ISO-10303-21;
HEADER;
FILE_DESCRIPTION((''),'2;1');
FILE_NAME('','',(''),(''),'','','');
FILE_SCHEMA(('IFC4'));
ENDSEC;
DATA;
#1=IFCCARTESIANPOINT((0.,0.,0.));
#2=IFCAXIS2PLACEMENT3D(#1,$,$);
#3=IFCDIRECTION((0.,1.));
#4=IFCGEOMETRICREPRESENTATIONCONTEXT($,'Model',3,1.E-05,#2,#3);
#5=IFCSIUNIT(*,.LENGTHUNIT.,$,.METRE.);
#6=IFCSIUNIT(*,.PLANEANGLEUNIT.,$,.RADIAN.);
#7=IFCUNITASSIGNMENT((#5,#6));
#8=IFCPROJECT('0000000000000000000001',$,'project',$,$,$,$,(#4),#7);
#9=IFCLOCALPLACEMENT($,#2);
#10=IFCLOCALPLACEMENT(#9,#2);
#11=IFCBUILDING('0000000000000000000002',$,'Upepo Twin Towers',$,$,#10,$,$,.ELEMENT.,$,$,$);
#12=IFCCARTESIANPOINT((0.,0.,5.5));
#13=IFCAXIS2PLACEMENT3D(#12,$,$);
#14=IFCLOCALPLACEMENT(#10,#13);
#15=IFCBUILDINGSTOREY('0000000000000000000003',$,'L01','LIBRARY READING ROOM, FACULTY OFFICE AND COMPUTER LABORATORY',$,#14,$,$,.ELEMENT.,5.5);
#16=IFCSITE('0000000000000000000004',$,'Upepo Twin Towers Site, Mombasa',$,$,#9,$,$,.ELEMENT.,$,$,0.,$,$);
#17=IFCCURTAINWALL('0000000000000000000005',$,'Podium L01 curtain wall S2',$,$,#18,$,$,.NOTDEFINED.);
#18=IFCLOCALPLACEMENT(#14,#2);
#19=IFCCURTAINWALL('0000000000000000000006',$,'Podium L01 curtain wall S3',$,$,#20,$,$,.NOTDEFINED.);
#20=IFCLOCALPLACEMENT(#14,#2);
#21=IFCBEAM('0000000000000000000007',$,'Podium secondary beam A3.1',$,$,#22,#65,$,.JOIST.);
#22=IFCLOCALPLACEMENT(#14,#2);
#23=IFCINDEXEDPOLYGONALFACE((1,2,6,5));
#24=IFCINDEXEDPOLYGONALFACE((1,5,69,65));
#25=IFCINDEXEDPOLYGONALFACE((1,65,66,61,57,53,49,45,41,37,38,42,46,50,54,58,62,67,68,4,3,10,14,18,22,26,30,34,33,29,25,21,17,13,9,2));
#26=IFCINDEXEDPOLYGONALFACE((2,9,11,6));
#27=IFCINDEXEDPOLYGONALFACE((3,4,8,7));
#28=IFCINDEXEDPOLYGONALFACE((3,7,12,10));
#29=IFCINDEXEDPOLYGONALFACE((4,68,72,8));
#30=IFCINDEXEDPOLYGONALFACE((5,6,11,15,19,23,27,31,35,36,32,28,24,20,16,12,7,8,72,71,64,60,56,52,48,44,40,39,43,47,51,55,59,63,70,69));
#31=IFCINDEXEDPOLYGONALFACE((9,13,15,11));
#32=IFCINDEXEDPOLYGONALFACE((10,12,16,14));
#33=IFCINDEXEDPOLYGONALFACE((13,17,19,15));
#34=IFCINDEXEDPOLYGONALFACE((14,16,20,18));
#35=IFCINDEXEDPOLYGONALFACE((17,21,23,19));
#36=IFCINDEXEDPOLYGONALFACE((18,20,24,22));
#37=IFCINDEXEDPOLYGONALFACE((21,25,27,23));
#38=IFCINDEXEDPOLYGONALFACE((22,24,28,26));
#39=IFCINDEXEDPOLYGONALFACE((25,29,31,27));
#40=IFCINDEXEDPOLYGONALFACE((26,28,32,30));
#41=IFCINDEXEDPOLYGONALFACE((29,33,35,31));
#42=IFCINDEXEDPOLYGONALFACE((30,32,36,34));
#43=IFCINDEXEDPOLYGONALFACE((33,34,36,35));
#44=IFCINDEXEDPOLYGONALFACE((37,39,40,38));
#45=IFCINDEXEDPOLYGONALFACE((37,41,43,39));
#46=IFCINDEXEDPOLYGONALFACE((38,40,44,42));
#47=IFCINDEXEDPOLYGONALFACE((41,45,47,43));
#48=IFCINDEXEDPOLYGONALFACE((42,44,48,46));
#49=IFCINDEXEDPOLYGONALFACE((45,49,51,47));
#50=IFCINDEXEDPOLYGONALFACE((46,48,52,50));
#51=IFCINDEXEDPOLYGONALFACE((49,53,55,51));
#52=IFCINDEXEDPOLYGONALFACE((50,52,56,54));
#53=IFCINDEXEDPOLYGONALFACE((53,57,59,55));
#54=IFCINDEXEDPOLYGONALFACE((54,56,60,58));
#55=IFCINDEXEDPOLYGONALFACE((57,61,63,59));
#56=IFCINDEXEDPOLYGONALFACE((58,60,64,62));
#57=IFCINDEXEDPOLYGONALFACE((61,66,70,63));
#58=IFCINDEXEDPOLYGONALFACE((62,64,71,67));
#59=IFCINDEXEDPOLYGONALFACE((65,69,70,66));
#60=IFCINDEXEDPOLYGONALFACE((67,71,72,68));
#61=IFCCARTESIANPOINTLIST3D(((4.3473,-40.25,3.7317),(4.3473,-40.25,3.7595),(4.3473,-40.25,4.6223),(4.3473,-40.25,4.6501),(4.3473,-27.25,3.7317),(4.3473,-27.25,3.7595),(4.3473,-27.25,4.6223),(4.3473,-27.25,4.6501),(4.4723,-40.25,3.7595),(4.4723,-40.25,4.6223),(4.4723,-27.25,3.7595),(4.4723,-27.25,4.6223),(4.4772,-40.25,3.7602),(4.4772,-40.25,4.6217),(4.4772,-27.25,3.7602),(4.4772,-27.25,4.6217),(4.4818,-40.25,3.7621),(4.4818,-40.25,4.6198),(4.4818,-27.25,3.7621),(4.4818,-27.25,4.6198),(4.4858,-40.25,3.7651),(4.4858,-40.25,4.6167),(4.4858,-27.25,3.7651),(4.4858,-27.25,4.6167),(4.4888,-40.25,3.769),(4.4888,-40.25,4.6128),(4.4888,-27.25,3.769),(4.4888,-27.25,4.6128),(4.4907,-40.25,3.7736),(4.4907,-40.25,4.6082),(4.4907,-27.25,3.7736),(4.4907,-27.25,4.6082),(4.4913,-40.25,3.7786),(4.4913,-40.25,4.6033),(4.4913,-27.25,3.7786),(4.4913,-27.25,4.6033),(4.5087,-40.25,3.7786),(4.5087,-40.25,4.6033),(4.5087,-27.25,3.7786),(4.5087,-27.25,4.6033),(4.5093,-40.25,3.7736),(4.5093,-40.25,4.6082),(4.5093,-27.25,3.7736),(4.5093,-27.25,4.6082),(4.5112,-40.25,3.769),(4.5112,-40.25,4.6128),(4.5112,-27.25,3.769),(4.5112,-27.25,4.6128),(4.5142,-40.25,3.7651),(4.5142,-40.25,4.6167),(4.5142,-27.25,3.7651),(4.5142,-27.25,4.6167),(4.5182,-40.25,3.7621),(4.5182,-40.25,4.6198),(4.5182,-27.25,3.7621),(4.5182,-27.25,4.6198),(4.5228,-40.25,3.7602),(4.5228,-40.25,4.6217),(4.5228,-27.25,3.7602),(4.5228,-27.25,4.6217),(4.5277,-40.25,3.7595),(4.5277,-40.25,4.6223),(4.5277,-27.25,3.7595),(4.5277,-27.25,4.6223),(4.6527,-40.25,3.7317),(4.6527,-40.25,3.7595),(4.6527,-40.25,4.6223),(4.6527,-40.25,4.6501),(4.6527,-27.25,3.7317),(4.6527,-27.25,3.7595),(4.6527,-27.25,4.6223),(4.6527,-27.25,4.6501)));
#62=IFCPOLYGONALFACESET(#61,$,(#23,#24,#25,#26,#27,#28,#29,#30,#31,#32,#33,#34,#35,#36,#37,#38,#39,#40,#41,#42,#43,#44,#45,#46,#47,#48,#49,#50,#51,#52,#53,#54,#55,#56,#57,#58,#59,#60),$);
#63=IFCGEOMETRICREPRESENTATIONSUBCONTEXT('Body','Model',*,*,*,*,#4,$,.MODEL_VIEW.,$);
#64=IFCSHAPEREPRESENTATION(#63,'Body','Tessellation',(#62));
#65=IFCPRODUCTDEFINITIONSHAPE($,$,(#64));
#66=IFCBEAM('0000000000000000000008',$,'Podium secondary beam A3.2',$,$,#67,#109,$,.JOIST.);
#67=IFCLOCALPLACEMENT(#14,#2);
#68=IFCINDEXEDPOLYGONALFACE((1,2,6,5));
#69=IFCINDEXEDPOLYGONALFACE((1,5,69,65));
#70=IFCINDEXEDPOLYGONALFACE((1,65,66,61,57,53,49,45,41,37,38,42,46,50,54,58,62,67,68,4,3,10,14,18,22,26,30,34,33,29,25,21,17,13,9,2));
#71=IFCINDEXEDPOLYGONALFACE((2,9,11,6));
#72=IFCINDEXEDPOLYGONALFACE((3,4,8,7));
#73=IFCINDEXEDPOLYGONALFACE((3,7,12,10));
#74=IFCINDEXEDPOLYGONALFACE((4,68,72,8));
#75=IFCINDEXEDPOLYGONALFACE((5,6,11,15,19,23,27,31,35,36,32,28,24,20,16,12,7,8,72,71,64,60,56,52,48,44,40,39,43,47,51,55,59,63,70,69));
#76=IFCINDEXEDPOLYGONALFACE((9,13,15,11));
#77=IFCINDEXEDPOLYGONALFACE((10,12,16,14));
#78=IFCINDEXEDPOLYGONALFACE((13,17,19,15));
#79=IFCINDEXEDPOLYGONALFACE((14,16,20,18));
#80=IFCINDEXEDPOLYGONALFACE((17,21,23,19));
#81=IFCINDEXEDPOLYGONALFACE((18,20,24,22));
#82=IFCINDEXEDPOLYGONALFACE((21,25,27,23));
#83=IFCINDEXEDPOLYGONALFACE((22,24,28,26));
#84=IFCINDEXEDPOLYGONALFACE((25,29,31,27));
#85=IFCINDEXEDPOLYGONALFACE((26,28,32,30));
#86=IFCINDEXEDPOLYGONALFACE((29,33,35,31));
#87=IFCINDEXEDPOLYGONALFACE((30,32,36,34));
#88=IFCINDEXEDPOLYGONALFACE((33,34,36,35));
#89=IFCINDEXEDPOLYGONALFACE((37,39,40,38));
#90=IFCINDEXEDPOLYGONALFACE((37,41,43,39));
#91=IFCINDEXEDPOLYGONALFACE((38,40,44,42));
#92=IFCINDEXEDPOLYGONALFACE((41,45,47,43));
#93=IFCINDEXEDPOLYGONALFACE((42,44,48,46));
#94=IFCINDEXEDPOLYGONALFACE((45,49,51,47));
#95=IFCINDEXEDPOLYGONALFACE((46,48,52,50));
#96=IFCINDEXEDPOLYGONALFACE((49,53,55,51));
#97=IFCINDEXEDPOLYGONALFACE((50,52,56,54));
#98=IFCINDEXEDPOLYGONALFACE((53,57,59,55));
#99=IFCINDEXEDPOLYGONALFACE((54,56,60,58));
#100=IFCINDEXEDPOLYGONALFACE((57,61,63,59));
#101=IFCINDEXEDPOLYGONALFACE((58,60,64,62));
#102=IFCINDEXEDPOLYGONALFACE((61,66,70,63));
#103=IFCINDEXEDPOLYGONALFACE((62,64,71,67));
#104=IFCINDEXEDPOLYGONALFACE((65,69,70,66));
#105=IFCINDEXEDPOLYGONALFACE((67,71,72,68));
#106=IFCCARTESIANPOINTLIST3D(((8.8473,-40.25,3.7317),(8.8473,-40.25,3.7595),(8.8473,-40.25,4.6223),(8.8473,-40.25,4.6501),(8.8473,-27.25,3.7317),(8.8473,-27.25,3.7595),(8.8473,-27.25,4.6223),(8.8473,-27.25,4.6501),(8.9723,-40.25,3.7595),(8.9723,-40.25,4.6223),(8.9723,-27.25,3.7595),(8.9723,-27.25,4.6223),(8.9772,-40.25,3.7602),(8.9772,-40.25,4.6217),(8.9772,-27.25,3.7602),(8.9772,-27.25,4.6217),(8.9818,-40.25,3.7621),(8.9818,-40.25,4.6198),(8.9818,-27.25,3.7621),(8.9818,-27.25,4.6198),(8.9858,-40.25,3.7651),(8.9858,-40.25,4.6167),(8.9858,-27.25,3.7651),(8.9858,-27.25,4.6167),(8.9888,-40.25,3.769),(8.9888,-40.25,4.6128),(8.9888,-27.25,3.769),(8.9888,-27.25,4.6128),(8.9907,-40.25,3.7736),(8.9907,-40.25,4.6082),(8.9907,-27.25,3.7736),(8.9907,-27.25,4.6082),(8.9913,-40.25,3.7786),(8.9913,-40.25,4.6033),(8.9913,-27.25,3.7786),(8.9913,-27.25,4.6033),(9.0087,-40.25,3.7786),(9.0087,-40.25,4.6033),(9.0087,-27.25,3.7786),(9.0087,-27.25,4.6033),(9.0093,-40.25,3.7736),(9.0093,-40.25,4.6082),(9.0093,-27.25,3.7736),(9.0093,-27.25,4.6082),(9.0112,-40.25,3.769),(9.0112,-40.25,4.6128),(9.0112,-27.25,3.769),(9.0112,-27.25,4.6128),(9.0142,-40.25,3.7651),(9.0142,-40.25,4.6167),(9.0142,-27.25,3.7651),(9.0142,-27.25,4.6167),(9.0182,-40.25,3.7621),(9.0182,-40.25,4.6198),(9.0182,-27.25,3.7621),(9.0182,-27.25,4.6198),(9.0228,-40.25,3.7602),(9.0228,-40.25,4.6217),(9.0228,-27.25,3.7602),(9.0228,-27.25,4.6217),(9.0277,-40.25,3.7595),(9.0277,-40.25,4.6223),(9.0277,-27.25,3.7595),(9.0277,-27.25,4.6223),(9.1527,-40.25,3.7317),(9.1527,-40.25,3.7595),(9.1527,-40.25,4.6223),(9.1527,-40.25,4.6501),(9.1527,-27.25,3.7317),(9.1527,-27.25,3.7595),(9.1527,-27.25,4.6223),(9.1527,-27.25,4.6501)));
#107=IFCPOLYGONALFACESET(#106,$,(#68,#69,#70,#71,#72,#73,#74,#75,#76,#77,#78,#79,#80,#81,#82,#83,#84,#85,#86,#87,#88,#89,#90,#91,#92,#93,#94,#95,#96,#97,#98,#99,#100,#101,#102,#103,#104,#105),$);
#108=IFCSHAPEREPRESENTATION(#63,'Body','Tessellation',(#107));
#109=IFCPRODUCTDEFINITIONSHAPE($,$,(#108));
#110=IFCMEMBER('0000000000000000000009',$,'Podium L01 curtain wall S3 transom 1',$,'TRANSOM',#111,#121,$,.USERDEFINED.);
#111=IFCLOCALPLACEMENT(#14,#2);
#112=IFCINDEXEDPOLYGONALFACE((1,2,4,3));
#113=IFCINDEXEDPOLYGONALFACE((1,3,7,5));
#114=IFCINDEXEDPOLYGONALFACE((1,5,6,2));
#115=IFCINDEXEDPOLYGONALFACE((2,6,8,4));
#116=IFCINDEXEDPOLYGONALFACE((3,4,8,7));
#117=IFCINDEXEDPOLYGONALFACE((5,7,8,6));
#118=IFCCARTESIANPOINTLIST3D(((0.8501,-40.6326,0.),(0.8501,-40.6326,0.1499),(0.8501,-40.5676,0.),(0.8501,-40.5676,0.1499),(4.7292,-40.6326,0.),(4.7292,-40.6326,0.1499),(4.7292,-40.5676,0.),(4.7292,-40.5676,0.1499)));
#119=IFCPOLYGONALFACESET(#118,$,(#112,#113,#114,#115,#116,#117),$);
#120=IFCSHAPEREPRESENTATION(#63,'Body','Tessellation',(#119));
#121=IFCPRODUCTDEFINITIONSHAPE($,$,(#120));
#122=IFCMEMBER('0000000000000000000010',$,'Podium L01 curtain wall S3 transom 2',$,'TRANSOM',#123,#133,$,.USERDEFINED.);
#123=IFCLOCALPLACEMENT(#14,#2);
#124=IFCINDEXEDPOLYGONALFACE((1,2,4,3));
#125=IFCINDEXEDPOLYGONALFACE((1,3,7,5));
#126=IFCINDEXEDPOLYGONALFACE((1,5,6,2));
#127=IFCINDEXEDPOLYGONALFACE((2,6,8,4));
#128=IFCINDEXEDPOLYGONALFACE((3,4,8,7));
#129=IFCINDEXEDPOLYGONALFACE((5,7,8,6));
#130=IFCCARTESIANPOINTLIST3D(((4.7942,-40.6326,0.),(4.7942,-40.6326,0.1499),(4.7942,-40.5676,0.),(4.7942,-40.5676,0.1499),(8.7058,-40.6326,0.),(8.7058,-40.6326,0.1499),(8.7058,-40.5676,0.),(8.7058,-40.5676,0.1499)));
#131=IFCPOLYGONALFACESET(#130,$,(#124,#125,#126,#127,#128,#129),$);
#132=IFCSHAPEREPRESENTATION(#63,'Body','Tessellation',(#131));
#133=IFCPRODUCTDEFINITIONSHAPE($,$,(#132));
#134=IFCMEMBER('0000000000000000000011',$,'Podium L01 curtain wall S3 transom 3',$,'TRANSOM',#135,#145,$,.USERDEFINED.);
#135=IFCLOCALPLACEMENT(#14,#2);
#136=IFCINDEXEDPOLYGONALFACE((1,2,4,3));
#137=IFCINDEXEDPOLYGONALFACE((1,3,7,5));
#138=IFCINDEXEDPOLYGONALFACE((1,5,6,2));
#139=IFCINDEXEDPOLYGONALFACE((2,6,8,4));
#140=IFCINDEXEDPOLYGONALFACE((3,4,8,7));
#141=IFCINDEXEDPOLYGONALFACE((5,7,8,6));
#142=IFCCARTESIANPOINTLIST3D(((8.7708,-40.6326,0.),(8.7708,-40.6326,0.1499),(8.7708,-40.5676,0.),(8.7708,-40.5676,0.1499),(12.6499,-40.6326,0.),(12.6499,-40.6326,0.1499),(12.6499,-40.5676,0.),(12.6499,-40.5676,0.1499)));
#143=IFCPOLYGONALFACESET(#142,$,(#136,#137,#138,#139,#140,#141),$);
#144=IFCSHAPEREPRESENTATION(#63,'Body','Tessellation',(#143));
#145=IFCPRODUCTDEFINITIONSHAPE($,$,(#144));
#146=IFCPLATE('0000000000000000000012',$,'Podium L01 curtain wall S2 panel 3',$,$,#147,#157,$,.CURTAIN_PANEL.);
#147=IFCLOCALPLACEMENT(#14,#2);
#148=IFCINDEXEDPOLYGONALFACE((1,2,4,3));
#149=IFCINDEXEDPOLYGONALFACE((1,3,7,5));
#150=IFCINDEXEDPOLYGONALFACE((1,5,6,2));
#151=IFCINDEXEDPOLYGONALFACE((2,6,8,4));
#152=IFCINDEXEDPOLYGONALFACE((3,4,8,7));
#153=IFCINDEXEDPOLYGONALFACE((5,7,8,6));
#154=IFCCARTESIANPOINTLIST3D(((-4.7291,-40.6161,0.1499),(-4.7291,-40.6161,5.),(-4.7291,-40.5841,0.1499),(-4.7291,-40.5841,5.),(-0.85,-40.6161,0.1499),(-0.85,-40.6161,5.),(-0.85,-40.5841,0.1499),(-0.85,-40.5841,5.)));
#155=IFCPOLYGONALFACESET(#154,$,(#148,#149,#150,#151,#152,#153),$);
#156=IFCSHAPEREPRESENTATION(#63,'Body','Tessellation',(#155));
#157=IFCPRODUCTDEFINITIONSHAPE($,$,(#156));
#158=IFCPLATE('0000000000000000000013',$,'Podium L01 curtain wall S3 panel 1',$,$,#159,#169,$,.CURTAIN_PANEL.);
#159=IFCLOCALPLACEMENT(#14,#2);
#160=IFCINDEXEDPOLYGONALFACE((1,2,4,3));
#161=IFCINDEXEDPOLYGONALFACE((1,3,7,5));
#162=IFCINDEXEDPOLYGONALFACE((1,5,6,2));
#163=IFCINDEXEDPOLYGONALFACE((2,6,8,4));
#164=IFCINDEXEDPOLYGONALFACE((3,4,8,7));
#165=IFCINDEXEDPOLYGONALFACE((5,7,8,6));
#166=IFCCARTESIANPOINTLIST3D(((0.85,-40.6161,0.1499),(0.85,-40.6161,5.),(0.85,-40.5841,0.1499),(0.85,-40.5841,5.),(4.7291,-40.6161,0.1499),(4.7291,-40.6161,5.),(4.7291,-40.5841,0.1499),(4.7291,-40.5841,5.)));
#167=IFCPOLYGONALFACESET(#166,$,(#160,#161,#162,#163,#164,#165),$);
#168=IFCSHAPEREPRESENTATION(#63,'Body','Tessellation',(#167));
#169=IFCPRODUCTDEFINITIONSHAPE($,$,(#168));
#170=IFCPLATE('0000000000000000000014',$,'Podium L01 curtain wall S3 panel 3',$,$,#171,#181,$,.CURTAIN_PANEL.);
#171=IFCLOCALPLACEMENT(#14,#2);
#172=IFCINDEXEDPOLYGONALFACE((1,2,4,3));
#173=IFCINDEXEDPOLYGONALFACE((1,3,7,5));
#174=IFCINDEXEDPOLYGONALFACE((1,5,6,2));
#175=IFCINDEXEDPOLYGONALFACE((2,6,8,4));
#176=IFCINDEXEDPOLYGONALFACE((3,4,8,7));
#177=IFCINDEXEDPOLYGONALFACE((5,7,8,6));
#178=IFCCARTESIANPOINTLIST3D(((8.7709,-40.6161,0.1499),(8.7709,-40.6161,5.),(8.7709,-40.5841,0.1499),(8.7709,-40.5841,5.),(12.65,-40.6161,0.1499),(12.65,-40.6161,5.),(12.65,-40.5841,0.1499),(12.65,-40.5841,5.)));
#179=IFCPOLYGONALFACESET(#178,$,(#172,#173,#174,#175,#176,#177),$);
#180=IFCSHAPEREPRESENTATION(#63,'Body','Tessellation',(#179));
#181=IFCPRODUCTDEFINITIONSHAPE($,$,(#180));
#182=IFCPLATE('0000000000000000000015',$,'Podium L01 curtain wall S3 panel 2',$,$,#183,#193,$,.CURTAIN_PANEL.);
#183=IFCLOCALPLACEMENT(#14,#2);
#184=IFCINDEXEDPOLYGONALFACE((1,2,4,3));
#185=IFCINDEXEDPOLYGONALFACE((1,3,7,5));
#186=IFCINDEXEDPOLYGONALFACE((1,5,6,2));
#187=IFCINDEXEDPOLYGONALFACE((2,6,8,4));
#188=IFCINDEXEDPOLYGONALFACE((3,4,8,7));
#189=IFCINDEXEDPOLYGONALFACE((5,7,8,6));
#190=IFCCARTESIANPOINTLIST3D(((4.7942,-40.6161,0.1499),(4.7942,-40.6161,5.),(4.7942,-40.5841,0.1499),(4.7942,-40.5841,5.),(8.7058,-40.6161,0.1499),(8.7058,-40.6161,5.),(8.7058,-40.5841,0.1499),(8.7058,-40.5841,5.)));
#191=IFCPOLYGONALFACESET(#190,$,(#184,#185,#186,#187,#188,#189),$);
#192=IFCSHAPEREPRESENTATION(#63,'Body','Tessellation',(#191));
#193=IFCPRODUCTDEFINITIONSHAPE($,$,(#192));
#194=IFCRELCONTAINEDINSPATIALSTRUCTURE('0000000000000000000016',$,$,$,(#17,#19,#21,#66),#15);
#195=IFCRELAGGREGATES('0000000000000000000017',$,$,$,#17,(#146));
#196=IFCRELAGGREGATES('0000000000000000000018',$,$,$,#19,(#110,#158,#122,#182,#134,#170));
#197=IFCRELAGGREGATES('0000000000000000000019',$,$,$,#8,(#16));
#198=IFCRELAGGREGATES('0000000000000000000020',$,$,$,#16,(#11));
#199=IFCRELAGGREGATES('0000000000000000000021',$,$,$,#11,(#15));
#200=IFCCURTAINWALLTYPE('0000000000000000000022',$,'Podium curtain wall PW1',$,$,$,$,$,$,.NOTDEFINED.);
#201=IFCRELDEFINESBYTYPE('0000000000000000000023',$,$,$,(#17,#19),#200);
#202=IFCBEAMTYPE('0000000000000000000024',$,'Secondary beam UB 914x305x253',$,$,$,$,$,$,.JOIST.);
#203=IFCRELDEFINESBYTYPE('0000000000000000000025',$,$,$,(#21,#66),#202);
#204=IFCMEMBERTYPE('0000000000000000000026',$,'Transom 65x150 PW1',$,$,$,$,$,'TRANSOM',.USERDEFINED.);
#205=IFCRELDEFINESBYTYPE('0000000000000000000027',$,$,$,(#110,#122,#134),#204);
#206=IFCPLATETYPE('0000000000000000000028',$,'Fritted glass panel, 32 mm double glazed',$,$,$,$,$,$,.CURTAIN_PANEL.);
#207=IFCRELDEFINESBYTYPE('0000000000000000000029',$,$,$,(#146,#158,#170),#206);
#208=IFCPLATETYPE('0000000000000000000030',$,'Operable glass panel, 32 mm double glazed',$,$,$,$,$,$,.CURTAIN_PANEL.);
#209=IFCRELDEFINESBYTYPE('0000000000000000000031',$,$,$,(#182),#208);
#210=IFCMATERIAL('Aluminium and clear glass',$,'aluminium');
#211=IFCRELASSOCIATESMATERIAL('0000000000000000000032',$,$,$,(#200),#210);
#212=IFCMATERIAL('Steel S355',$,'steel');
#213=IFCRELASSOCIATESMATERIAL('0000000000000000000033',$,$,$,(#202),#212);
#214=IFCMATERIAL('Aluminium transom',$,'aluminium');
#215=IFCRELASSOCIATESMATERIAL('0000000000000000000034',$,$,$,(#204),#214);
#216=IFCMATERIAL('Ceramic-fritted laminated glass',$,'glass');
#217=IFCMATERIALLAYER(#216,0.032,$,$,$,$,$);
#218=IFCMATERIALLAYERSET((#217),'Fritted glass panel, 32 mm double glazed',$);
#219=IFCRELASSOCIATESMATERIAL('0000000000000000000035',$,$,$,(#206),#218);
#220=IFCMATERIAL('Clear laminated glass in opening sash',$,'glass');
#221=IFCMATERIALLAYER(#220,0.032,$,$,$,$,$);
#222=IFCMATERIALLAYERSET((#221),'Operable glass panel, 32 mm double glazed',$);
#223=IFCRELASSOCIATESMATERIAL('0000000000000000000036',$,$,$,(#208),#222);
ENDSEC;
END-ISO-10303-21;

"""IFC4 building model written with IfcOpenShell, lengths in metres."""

from ifc_helpers import new_model, si_unit, direction, frame, origin, origin_2d, place, context, subcontext, project, spatial, rectangle, i_section, extrude, material, layer, layer_set, material_profile, profile_set, type_object, element, aggregate, save


model = new_model("IFC4")

# Units and contexts
model_context = context("Model", 3, precision=1e-05, world=origin(), true_north=direction((0.0, 1.0)))
body_context = subcontext(model_context, "Body", "Model", "MODEL_VIEW")
ifc_project = project(units=[si_unit("LENGTHUNIT", "METRE"), si_unit("PLANEANGLEUNIT", "RADIAN")], contexts=[model_context])

# Site, building, storey
site_placement = place(None, origin())
site = spatial("IfcSite", under=ifc_project, at=site_placement, Name="Upepo Twin Towers Site, Mombasa", CompositionType="ELEMENT", RefElevation=0.0)
building_placement = place(site_placement, origin())
building = spatial("IfcBuilding", under=site, at=building_placement, Name="Upepo Twin Towers", CompositionType="ELEMENT")
storey_placement = place(building_placement, frame((0.0, 0.0, 5.5)))
storey = spatial("IfcBuildingStorey", under=building, at=storey_placement, Name="L01", Description="LIBRARY READING ROOM, FACULTY OFFICE AND COMPUTER LABORATORY", CompositionType="ELEMENT", Elevation=5.5)

# Curtain wall
ifc_material_1 = material(Name="Aluminium and clear glass", Category="aluminium")
curtain_wall_type = type_object("IfcCurtainWallType", Name="Podium curtain wall PW1", PredefinedType="NOTDEFINED", material=ifc_material_1)
curtain_wall_1_placement = place(storey_placement, origin())
curtain_wall_1 = element("IfcCurtainWall", 1, at=curtain_wall_1_placement, inside=storey, type_object=curtain_wall_type, Name="Podium L01 curtain wall S2", PredefinedType="NOTDEFINED")

# Curtain wall
curtain_wall_2_placement = place(storey_placement, origin())
curtain_wall_2 = element("IfcCurtainWall", 2, at=curtain_wall_2_placement, inside=storey, type_object=curtain_wall_type, Name="Podium L01 curtain wall S3", PredefinedType="NOTDEFINED")

# Beams
ifc_material_2 = material(Name="Steel S355", Category="steel")
ifc_material_profile_1 = material_profile(ifc_material_2, i_section(OverallWidth=0.3054, OverallDepth=0.9185, WebThickness=0.0173, FlangeThickness=0.0278, FilletRadius=0.019, at=origin_2d()), Name="UB 914x305x253")
ifc_profile_set_1 = profile_set([ifc_material_profile_1], Name="Steel S355")
beam_type_1 = type_object("IfcBeamType", Name="Secondary beam UB 914x305x253", PredefinedType="JOIST", material=ifc_profile_set_1)
for number, where, z_axis, x_axis, name in (
    (3, (4.5, -40.25, 4.1909), (0.0, 1.0, 0.0), (-1.0, 0.0, 0.0), "Podium secondary beam A3.1"),
    (4, (9.0, -40.25, 4.1909), (0.0, 1.0, 0.0), (-1.0, 0.0, 0.0), "Podium secondary beam A3.2"),
):
    element("IfcBeam", number, at=place(storey_placement, frame(where, z_axis=z_axis, x_axis=x_axis)), inside=storey, type_object=beam_type_1, Name=name, PredefinedType="JOIST", context=body_context, shape_type="SweptSolid", body=[
        extrude(i_section(OverallWidth=0.3054, OverallDepth=0.9185, WebThickness=0.0173, FlangeThickness=0.0278, FilletRadius=0.019, at=origin_2d()), origin(), (0.0, 0.0, 1.0), 13.0),
    ])

# Members
ifc_material_3 = material(Name="Aluminium transom", Category="aluminium")
ifc_material_profile_2 = material_profile(ifc_material_3, rectangle(XDim=0.0649, YDim=0.1499, at=origin_2d()), Name="TRANSOM 65x150 PODIUM")
ifc_profile_set_2 = profile_set([ifc_material_profile_2], Name="Aluminium transom")
member_type_1 = type_object("IfcMemberType", Name="Transom 65x150 PW1", ElementType="TRANSOM", PredefinedType="USERDEFINED", material=ifc_profile_set_2)
member_1_placement = place(storey_placement, frame((0.8501, -40.6001, 0.075), z_axis=(1.0, 0.0, 0.0), x_axis=(0.0, 1.0, 0.0)))
member_1 = element("IfcMember", 5, at=member_1_placement, type_object=member_type_1, Name="Podium L01 curtain wall S3 transom 1", ObjectType="TRANSOM", PredefinedType="USERDEFINED", context=body_context, shape_type="SweptSolid", body=[
    extrude(rectangle(XDim=0.0649, YDim=0.1499, at=origin_2d()), origin(), (0.0, 0.0, 1.0), 3.8792),
])
member_2_placement = place(storey_placement, frame((4.7942, -40.6001, 0.075), z_axis=(1.0, 0.0, 0.0), x_axis=(0.0, 1.0, 0.0)))
member_2 = element("IfcMember", 6, at=member_2_placement, type_object=member_type_1, Name="Podium L01 curtain wall S3 transom 2", ObjectType="TRANSOM", PredefinedType="USERDEFINED", context=body_context, shape_type="SweptSolid", body=[
    extrude(rectangle(XDim=0.0649, YDim=0.1499, at=origin_2d()), origin(), (0.0, 0.0, 1.0), 3.9116),
])
member_3_placement = place(storey_placement, frame((8.7708, -40.6001, 0.075), z_axis=(1.0, 0.0, 0.0), x_axis=(0.0, 1.0, 0.0)))
member_3 = element("IfcMember", 7, at=member_3_placement, type_object=member_type_1, Name="Podium L01 curtain wall S3 transom 3", ObjectType="TRANSOM", PredefinedType="USERDEFINED", context=body_context, shape_type="SweptSolid", body=[
    extrude(rectangle(XDim=0.0649, YDim=0.1499, at=origin_2d()), origin(), (0.0, 0.0, 1.0), 3.8792),
])

# Plates
ifc_material_4 = material(Name="Ceramic-fritted laminated glass", Category="glass")
ifc_layer_1 = layer(ifc_material_4, 0.032)
ifc_layer_set_1 = layer_set([ifc_layer_1], Name="Fritted glass panel, 32 mm double glazed")
plate_type_1 = type_object("IfcPlateType", Name="Fritted glass panel, 32 mm double glazed", PredefinedType="CURTAIN_PANEL", material=ifc_layer_set_1)
plate_1_placement = place(storey_placement, frame((-2.7896, -40.6001, 0.1499), z_axis=(0.0, 0.0, 1.0), x_axis=(1.0, 0.0, 0.0)))
plate_1 = element("IfcPlate", 8, at=plate_1_placement, type_object=plate_type_1, Name="Podium L01 curtain wall S2 panel 3", PredefinedType="CURTAIN_PANEL", context=body_context, shape_type="SweptSolid", body=[
    extrude(rectangle(XDim=3.8792, YDim=0.032, at=origin_2d()), origin(), (0.0, 0.0, 1.0), 4.8501),
])
aggregate(curtain_wall_1, [plate_1])
plate_2_placement = place(storey_placement, frame((2.7896, -40.6001, 0.1499), z_axis=(0.0, 0.0, 1.0), x_axis=(1.0, 0.0, 0.0)))
plate_2 = element("IfcPlate", 9, at=plate_2_placement, type_object=plate_type_1, Name="Podium L01 curtain wall S3 panel 1", PredefinedType="CURTAIN_PANEL", context=body_context, shape_type="SweptSolid", body=[
    extrude(rectangle(XDim=3.8792, YDim=0.032, at=origin_2d()), origin(), (0.0, 0.0, 1.0), 4.8501),
])
plate_3_placement = place(storey_placement, frame((10.7104, -40.6001, 0.1499), z_axis=(0.0, 0.0, 1.0), x_axis=(1.0, 0.0, 0.0)))
plate_3 = element("IfcPlate", 10, at=plate_3_placement, type_object=plate_type_1, Name="Podium L01 curtain wall S3 panel 3", PredefinedType="CURTAIN_PANEL", context=body_context, shape_type="SweptSolid", body=[
    extrude(rectangle(XDim=3.8792, YDim=0.032, at=origin_2d()), origin(), (0.0, 0.0, 1.0), 4.8501),
])
ifc_material_5 = material(Name="Clear laminated glass in opening sash", Category="glass")
ifc_layer_2 = layer(ifc_material_5, 0.032)
ifc_layer_set_2 = layer_set([ifc_layer_2], Name="Operable glass panel, 32 mm double glazed")
plate_type_2 = type_object("IfcPlateType", Name="Operable glass panel, 32 mm double glazed", PredefinedType="CURTAIN_PANEL", material=ifc_layer_set_2)
plate_4_placement = place(storey_placement, frame((6.75, -40.6001, 0.1499), z_axis=(0.0, 0.0, 1.0), x_axis=(1.0, 0.0, 0.0)))
plate_4 = element("IfcPlate", 11, at=plate_4_placement, type_object=plate_type_2, Name="Podium L01 curtain wall S3 panel 2", PredefinedType="CURTAIN_PANEL", context=body_context, shape_type="SweptSolid", body=[
    extrude(rectangle(XDim=3.9116, YDim=0.032, at=origin_2d()), origin(), (0.0, 0.0, 1.0), 4.8501),
])
aggregate(curtain_wall_2, [member_1, plate_2, member_2, plate_4, member_3, plate_3])

save(model, "model.ifc")
